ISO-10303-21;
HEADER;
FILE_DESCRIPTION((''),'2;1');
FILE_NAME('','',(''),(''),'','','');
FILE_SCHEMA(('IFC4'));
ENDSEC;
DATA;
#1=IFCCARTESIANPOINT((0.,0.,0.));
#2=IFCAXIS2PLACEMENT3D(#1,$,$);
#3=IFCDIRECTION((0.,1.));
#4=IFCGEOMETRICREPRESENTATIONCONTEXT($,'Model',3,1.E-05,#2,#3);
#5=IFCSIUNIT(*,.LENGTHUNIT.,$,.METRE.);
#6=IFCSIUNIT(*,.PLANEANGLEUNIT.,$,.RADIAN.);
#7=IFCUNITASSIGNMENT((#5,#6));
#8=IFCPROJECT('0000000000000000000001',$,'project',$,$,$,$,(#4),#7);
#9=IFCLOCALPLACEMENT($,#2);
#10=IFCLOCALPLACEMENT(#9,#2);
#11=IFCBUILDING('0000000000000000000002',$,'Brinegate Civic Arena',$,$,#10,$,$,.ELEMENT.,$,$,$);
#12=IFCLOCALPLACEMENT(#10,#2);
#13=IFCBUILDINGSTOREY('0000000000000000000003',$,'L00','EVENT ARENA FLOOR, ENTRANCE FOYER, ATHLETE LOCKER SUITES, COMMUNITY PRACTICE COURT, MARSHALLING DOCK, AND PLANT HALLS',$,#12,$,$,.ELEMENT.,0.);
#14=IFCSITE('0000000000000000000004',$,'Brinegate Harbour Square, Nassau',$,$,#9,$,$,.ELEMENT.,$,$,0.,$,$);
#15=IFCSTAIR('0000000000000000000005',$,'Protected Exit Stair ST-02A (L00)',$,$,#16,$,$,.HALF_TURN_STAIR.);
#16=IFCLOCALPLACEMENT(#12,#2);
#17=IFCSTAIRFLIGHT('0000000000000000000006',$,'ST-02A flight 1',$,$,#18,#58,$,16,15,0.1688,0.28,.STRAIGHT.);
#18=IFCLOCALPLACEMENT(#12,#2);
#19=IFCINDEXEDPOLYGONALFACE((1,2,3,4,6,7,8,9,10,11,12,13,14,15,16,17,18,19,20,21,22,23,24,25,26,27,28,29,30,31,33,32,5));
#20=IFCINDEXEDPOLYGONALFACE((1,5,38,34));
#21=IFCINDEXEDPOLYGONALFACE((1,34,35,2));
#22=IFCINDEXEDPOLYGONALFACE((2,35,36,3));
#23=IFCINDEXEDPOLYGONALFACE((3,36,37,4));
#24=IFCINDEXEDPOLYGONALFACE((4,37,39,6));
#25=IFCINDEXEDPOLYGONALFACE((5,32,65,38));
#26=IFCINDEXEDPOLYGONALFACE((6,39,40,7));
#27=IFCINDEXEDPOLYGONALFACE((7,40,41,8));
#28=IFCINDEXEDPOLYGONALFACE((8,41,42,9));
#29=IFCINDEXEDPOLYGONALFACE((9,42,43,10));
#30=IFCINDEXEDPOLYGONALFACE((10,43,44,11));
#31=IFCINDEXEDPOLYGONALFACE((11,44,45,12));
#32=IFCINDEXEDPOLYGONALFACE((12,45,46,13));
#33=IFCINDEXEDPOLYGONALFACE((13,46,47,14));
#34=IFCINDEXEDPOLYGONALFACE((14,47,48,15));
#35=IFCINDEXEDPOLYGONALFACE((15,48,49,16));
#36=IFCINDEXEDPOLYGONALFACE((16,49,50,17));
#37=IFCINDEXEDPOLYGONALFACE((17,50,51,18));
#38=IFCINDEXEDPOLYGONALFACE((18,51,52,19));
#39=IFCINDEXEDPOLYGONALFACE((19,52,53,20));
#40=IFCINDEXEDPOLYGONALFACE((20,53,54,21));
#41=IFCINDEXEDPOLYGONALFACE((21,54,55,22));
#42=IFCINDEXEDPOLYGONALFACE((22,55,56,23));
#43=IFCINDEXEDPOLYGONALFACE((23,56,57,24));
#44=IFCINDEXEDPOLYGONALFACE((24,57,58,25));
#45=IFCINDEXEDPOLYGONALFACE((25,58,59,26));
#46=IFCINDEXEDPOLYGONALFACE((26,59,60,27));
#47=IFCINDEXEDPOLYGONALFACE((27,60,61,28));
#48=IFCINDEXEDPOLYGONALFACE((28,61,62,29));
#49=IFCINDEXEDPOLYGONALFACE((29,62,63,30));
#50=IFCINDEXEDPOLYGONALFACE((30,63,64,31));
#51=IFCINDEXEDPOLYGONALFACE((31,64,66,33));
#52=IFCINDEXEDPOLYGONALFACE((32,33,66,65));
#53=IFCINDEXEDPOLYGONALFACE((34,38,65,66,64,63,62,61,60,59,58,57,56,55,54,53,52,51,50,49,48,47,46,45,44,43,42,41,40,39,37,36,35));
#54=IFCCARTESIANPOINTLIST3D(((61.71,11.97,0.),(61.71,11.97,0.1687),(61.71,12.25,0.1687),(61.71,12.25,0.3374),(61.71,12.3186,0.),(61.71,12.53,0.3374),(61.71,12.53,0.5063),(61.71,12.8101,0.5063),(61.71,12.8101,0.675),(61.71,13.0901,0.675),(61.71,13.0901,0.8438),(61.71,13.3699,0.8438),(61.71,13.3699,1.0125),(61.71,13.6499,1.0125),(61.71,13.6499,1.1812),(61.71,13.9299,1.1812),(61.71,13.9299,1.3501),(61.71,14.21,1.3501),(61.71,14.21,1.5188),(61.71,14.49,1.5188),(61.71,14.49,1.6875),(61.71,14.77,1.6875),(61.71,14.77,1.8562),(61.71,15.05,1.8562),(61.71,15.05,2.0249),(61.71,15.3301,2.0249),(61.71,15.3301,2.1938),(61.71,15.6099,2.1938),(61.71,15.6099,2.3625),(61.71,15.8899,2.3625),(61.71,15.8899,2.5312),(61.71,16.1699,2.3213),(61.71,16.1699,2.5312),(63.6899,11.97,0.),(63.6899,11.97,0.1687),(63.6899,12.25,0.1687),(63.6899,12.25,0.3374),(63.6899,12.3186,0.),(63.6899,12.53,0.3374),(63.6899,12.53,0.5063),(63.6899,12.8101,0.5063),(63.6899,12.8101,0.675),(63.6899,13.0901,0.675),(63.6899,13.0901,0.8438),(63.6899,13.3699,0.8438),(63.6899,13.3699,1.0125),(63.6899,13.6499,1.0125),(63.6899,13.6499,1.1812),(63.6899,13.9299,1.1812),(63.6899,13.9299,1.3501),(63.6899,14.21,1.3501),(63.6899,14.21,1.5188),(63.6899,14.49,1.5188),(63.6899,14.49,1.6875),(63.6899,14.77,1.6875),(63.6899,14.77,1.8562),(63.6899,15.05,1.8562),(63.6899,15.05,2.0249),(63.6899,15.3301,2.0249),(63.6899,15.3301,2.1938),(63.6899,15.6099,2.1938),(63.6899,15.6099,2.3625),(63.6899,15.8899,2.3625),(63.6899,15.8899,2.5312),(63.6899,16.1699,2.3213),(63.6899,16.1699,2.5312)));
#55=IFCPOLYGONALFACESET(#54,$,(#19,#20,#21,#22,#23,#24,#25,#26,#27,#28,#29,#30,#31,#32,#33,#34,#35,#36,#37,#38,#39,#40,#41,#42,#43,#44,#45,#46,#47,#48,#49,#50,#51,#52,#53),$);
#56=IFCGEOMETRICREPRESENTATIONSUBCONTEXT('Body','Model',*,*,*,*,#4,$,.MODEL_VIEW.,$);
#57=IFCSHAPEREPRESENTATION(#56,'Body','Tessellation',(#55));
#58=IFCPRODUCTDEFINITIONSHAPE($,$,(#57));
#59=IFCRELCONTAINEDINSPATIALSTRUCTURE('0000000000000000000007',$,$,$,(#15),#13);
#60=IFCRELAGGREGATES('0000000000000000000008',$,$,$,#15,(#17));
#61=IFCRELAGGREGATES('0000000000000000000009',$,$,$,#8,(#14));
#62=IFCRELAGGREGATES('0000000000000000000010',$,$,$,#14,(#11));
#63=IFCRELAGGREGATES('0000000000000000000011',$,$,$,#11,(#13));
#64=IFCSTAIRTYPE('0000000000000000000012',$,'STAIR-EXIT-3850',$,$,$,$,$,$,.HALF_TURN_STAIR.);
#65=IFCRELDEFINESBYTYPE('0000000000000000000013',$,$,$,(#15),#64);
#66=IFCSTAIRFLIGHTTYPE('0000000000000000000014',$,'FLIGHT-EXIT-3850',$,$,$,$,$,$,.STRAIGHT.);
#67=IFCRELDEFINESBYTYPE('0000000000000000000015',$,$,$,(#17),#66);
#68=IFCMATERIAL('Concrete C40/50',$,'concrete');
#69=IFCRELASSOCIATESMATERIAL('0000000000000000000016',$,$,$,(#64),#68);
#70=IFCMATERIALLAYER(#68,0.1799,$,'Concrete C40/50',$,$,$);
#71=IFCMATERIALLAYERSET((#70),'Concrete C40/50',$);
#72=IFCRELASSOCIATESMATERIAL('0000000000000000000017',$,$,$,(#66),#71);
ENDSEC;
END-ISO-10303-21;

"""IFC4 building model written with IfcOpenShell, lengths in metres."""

from ifc_helpers import new_model, si_unit, direction, frame, origin, place, context, subcontext, project, spatial, polyline, outline, extrude, material, layer, layer_set, type_object, element, aggregate, save


model = new_model("IFC4")

# Units and contexts
model_context = context("Model", 3, precision=1e-05, world=origin(), true_north=direction((0.0, 1.0)))
body_context = subcontext(model_context, "Body", "Model", "MODEL_VIEW")
ifc_project = project(units=[si_unit("LENGTHUNIT", "METRE"), si_unit("PLANEANGLEUNIT", "RADIAN")], contexts=[model_context])

# Site, building, storey
site_placement = place(None, origin())
site = spatial("IfcSite", under=ifc_project, at=site_placement, Name="Brinegate Harbour Square, Nassau", CompositionType="ELEMENT", RefElevation=0.0)
building_placement = place(site_placement, origin())
building = spatial("IfcBuilding", under=site, at=building_placement, Name="Brinegate Civic Arena", CompositionType="ELEMENT")
storey_placement = place(building_placement, origin())
storey = spatial("IfcBuildingStorey", under=building, at=storey_placement, Name="L00", Description="EVENT ARENA FLOOR, ENTRANCE FOYER, ATHLETE LOCKER SUITES, COMMUNITY PRACTICE COURT, MARSHALLING DOCK, AND PLANT HALLS", CompositionType="ELEMENT", Elevation=0.0)

# Shared definitions
ifc_material_1 = material(Name="Concrete C40/50", Category="concrete")

# Stair, stair flight
stair_type = type_object("IfcStairType", Name="STAIR-EXIT-3850", PredefinedType="HALF_TURN_STAIR", material=ifc_material_1)
stair_placement = place(storey_placement, origin())
stair = element("IfcStair", 1, at=stair_placement, inside=storey, type_object=stair_type, Name="Protected Exit Stair ST-02A (L00)", PredefinedType="HALF_TURN_STAIR")
ifc_layer_1 = layer(ifc_material_1, 0.1799, Name="Concrete C40/50")
ifc_layer_set_1 = layer_set([ifc_layer_1], Name="Concrete C40/50")
stair_flight_type = type_object("IfcStairFlightType", Name="FLIGHT-EXIT-3850", PredefinedType="STRAIGHT", material=ifc_layer_set_1)
stair_flight_placement = place(storey_placement, frame((62.7, 11.97, 0.0), z_axis=(0.0, 0.0, 1.0), x_axis=(0.0, 1.0, 0.0)))
stair_flight = element("IfcStairFlight", 2, at=stair_flight_placement, type_object=stair_flight_type, Name="ST-02A flight 1", NumberOfRisers=16, NumberOfTreads=15, PredefinedType="STRAIGHT", RiserHeight=0.1688, TreadLength=0.28, context=body_context, shape_type="SweptSolid", body=[
    extrude(outline(polyline([(0.0, 0.0), (0.0, 0.1687), (0.28, 0.1687), (0.28, 0.3374), (0.5601, 0.3374), (0.5601, 0.5063), (0.8401, 0.5063), (0.8401, 0.675), (1.1201, 0.675), (1.1201, 0.8438), (1.3999, 0.8438), (1.3999, 1.0125), (1.6799, 1.0125), (1.6799, 1.1812), (1.96, 1.1812), (1.96, 1.3501), (2.24, 1.3501), (2.24, 1.5188), (2.52, 1.5188), (2.52, 1.6875), (2.8, 1.6875), (2.8, 1.8562), (3.0801, 1.8562), (3.0801, 2.0249), (3.3601, 2.0249), (3.3601, 2.1938), (3.6399, 2.1938), (3.6399, 2.3625), (3.9199, 2.3625), (3.9199, 2.5312), (4.2, 2.5312), (4.2, 2.7), (4.2, 2.3213), (0.3486, 0.0), (0.0, 0.0)])), frame((0.0, 0.99, 0.0), z_axis=(0.0, -1.0, 0.0), x_axis=(1.0, 0.0, 0.0)), (0.0, 0.0, 1.0), 1.98),
])
aggregate(stair, [stair_flight])

save(model, "model.ifc")
